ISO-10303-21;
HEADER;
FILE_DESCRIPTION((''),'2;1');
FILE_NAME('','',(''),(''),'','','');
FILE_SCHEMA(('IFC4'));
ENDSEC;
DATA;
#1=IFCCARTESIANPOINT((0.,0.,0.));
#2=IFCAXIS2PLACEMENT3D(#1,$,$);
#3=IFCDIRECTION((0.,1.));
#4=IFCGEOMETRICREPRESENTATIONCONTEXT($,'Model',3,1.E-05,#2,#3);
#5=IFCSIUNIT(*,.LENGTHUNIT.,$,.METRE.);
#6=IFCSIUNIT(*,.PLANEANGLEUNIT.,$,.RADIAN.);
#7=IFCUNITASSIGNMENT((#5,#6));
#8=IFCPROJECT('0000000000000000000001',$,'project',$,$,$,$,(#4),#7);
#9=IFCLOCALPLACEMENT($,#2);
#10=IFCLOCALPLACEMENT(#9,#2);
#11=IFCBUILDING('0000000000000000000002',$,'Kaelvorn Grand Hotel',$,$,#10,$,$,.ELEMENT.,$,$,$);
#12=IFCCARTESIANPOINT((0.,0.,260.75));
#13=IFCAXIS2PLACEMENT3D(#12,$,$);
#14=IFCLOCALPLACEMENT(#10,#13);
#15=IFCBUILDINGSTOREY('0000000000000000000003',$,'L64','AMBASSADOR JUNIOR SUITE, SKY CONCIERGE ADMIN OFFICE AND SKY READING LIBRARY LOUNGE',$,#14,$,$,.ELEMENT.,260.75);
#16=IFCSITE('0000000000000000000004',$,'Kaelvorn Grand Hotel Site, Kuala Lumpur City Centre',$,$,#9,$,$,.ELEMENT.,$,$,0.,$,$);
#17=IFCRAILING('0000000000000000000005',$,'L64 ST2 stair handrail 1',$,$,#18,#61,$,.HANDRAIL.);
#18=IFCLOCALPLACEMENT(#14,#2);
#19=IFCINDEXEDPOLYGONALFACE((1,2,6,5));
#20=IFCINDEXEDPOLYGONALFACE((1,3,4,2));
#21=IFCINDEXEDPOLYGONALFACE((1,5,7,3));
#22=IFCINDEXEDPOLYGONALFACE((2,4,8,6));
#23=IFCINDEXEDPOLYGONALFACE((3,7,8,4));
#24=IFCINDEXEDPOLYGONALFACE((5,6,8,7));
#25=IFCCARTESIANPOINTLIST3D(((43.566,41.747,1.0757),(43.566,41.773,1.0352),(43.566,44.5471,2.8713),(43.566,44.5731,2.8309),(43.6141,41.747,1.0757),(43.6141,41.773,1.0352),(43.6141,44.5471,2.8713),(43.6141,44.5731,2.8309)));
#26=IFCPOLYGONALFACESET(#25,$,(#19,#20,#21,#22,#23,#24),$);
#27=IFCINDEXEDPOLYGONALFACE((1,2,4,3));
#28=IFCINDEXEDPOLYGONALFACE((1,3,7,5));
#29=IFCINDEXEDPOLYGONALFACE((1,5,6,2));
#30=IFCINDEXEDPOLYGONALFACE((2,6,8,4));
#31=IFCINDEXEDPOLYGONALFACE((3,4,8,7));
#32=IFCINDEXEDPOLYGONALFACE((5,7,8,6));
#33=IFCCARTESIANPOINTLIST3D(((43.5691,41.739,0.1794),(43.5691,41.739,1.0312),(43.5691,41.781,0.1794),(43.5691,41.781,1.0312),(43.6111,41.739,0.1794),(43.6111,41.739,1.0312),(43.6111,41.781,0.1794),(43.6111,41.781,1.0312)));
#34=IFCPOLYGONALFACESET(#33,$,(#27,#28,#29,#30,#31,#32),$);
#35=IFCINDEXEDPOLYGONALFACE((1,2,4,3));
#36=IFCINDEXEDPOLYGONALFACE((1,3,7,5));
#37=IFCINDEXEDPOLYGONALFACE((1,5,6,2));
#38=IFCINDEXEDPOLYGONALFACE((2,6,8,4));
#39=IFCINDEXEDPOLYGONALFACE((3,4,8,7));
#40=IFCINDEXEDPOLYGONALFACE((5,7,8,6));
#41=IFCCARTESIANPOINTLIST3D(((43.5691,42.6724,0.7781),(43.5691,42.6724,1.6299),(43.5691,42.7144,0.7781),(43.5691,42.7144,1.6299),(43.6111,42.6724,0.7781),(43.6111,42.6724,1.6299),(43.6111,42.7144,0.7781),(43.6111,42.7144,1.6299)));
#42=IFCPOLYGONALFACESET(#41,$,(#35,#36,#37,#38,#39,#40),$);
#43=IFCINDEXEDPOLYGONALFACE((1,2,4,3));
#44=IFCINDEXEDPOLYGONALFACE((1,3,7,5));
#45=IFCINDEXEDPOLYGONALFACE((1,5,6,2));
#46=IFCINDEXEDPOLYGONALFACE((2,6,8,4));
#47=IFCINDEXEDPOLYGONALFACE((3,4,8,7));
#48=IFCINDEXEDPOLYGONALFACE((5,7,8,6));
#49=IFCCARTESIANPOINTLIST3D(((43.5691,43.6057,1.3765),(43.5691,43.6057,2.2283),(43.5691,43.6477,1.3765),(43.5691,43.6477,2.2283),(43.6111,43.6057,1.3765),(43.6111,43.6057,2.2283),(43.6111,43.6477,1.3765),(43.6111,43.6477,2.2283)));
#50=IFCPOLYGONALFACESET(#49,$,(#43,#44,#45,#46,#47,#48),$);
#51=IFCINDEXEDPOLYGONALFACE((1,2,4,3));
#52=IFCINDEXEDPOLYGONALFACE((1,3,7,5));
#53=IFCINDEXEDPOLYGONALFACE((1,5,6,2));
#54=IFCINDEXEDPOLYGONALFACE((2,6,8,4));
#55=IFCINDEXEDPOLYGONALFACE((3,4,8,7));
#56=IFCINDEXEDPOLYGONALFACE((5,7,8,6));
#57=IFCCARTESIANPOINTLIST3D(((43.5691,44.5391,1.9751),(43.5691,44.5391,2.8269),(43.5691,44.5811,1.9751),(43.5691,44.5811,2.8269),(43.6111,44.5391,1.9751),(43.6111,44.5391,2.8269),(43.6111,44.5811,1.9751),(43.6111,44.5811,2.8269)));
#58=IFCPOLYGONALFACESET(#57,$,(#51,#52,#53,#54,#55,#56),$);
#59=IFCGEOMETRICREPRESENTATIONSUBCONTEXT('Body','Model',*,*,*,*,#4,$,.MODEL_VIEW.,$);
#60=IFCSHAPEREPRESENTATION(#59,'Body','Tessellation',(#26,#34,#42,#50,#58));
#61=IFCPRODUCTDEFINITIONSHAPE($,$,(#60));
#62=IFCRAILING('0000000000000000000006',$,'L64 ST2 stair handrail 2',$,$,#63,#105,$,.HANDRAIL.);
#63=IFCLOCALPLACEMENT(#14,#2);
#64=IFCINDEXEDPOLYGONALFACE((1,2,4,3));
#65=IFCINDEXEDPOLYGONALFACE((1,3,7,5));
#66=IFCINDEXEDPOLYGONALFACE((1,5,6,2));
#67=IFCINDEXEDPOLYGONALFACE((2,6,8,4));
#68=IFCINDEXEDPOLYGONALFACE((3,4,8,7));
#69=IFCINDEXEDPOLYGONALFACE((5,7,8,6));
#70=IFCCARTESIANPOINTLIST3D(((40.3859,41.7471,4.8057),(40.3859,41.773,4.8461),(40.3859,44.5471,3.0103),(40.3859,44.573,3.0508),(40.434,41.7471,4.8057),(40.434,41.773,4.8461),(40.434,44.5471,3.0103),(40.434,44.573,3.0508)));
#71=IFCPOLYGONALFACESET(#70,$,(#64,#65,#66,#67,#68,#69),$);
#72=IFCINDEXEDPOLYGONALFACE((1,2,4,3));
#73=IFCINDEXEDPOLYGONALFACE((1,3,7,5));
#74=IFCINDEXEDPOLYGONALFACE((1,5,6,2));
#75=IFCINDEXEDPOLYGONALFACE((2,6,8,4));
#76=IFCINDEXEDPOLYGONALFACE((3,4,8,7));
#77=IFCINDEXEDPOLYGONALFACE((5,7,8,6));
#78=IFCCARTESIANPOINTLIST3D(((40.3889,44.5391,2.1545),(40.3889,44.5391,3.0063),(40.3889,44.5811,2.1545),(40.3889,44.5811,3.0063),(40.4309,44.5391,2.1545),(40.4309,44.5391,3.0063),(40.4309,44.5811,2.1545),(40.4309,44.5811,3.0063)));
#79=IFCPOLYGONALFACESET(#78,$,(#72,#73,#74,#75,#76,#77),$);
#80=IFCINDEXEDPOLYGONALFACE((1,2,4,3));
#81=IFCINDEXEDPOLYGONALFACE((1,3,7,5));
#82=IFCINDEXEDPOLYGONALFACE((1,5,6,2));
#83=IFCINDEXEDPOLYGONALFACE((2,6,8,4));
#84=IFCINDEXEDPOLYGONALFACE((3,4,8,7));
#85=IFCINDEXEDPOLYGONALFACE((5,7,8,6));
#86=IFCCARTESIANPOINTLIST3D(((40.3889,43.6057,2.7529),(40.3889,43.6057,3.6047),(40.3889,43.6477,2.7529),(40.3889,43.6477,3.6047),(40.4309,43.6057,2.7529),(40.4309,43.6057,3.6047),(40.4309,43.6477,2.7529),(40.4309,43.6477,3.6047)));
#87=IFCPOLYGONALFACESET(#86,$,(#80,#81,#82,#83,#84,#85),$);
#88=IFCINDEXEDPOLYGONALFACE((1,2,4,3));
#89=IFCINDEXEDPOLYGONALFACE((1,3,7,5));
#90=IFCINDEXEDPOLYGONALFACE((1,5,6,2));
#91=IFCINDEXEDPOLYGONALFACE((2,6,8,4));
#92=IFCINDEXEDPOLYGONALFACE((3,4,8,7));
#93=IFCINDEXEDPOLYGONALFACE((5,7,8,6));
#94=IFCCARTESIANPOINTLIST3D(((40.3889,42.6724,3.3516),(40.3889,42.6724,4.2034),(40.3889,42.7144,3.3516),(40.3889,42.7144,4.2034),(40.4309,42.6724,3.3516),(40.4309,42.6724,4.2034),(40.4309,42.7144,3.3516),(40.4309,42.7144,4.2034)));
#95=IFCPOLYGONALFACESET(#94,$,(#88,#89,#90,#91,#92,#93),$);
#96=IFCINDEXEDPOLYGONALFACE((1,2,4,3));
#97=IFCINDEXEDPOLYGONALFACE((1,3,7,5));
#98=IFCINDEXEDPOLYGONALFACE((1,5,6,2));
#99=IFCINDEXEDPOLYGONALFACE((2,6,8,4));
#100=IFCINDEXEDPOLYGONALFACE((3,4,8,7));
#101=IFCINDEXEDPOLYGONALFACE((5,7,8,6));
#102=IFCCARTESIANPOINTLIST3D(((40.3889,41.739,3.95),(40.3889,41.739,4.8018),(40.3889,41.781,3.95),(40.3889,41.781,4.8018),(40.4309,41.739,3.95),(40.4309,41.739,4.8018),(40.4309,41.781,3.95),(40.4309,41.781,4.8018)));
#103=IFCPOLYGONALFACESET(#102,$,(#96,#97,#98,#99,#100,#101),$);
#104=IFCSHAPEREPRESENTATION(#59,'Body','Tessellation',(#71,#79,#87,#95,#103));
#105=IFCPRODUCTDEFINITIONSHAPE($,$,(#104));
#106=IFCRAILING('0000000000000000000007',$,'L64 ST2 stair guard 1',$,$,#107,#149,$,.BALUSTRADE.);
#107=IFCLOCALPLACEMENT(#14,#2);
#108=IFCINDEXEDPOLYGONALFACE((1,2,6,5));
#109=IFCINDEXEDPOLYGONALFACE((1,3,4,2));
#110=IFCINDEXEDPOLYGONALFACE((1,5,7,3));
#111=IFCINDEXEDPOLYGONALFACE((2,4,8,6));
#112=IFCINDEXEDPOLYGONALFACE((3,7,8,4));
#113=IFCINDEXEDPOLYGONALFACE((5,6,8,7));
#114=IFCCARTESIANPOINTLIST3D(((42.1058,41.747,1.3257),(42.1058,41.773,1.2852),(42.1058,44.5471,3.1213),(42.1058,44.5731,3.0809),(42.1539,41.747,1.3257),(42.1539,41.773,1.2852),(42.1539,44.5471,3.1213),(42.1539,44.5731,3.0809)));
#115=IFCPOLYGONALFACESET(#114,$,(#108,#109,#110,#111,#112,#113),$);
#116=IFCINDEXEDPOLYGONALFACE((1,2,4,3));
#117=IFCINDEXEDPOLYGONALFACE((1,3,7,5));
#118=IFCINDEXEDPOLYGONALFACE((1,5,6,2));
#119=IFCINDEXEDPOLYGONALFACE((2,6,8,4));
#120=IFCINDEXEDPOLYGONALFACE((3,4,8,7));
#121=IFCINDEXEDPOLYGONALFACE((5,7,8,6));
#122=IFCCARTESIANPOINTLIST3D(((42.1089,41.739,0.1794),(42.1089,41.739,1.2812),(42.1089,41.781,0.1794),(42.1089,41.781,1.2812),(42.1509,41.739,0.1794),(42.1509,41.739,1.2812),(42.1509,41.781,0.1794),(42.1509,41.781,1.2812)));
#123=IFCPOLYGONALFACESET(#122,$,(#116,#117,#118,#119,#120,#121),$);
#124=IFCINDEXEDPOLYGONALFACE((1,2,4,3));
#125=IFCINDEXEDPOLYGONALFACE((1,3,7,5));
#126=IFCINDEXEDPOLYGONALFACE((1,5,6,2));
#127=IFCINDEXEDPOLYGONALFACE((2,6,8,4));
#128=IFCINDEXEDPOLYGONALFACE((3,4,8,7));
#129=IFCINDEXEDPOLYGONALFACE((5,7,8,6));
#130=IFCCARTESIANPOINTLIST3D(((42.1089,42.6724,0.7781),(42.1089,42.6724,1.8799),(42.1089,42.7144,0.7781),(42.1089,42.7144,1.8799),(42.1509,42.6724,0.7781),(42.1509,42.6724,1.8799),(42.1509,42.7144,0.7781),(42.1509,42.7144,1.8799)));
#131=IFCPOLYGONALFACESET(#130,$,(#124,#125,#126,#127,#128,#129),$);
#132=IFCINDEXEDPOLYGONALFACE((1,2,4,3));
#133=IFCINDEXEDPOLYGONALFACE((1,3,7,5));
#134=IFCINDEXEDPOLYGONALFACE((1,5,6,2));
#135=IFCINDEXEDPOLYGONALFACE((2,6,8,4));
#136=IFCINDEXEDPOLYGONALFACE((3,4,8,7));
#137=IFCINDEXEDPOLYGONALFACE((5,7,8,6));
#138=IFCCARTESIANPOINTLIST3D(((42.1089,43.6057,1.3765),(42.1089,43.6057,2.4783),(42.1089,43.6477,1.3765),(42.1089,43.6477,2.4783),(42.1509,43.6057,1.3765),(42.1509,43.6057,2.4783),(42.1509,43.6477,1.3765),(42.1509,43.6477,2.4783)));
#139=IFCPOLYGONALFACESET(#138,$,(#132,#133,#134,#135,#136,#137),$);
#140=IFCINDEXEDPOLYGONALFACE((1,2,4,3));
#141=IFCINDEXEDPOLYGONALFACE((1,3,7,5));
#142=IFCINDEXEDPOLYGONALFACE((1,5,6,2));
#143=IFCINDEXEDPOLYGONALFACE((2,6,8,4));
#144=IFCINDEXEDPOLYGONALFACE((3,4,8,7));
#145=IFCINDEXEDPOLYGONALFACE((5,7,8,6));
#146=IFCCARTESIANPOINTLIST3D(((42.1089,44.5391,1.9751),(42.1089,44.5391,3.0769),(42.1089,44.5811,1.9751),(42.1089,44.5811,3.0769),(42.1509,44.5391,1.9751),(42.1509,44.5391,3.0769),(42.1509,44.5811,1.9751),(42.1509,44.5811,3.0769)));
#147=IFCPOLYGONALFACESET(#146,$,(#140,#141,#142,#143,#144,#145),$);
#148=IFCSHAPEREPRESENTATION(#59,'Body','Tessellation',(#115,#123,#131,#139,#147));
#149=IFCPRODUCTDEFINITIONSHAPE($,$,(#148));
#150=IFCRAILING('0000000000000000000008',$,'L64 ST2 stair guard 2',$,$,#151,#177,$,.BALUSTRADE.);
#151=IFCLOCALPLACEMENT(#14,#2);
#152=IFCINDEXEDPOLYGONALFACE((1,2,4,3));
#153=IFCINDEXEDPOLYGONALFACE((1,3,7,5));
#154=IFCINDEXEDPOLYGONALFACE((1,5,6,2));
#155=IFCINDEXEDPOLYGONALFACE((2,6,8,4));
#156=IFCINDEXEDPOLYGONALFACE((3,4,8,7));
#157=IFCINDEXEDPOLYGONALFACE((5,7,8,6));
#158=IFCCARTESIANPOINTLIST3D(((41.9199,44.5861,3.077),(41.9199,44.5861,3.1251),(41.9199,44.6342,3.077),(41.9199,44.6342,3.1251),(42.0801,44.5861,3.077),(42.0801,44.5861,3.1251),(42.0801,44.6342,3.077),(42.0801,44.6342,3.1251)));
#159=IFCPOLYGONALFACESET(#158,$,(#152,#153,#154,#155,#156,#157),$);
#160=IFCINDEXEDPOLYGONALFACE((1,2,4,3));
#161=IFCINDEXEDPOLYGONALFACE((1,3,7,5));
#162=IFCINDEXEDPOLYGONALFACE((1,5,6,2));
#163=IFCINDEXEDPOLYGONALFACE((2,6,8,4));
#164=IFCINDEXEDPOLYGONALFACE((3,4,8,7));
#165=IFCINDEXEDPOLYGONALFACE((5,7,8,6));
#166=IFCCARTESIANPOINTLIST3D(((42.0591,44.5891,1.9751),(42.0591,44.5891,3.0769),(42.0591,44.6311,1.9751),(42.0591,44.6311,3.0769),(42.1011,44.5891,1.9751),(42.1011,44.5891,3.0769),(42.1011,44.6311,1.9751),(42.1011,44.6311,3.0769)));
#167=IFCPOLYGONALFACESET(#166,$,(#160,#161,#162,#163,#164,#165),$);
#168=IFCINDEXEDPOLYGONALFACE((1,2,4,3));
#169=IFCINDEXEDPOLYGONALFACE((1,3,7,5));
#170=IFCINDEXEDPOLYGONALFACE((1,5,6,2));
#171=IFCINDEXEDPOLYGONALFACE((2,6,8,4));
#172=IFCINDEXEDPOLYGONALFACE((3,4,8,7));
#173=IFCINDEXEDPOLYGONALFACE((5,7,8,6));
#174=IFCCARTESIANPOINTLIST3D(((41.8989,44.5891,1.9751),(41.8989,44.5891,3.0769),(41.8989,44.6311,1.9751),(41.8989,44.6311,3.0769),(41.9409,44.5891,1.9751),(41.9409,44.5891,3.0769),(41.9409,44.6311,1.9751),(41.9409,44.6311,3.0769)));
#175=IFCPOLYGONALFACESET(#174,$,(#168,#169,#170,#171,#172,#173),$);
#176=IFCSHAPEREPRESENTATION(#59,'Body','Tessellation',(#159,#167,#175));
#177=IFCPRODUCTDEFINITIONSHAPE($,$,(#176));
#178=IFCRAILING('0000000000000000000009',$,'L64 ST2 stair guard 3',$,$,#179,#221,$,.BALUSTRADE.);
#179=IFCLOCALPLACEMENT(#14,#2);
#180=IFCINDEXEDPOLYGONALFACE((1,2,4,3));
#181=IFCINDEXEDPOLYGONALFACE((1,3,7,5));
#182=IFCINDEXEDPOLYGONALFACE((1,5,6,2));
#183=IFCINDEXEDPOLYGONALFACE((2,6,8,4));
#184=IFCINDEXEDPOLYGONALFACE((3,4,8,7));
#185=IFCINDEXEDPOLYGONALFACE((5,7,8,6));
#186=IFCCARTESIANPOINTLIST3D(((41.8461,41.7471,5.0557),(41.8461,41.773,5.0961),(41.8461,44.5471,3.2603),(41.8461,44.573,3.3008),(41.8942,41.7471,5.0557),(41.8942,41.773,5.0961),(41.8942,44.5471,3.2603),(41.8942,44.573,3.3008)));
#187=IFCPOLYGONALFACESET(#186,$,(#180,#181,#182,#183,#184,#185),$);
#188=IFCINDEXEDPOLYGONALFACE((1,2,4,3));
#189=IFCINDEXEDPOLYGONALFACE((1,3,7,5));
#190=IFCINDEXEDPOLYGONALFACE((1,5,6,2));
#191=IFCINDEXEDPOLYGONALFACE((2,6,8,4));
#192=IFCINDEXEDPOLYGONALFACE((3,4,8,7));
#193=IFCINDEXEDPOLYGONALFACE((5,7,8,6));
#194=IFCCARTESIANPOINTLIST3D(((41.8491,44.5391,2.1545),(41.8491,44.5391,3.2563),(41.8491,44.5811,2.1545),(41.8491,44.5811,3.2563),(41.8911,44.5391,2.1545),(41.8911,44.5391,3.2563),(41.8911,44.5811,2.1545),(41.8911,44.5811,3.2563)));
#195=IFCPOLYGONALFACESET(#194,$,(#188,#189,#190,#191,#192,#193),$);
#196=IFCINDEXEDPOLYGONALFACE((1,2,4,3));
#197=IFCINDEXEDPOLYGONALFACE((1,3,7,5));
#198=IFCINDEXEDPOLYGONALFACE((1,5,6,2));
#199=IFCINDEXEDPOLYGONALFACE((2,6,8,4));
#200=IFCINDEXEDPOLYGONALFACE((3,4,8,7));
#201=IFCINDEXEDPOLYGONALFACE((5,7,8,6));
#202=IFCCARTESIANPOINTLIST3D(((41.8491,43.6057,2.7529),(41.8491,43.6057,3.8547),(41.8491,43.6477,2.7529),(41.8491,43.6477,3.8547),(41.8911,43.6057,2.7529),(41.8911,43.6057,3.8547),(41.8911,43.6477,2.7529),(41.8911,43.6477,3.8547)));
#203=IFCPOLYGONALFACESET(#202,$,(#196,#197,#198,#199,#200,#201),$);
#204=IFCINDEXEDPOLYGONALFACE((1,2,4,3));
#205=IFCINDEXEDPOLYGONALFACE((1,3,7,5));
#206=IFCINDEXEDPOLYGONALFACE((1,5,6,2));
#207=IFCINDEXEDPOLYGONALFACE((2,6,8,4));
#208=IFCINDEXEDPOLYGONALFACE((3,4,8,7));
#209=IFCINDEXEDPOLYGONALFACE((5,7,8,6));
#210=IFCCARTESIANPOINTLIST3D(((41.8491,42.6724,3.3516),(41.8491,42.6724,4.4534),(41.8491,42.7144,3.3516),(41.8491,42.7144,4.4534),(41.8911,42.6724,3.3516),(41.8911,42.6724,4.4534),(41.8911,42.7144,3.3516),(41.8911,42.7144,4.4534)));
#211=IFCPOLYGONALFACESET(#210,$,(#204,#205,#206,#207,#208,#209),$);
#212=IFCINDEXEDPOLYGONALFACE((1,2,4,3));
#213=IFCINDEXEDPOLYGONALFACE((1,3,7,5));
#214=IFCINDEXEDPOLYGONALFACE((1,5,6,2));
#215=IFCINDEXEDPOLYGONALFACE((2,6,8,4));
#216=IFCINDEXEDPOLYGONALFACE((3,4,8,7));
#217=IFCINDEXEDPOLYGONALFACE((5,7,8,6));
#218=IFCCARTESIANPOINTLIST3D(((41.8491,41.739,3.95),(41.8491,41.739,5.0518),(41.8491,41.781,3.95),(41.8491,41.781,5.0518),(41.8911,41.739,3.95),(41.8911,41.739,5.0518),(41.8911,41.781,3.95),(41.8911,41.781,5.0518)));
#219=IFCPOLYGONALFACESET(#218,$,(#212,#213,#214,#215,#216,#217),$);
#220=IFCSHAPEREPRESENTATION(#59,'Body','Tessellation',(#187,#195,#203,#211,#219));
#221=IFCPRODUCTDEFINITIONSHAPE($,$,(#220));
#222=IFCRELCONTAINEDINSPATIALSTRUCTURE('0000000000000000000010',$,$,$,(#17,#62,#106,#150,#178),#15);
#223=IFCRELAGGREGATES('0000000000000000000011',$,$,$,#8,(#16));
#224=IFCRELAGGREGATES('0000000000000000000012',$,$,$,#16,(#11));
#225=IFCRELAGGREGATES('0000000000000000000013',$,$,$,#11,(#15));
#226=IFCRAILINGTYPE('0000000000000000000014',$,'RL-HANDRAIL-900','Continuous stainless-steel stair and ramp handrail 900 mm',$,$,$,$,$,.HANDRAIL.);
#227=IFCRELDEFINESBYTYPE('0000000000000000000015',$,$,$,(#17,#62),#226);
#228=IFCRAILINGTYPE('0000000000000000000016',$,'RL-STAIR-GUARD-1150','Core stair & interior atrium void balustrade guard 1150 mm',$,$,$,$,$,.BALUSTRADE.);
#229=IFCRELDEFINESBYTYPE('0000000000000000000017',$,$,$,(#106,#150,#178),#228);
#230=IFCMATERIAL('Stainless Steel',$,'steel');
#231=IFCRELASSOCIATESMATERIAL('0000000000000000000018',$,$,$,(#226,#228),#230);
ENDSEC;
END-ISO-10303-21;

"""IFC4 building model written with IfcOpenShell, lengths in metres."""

from ifc_helpers import new_model, si_unit, direction, frame, origin, origin_2d, place, context, subcontext, project, spatial, rectangle, extrude, material, type_object, element, save


model = new_model("IFC4")

# Units and contexts
model_context = context("Model", 3, precision=1e-05, world=origin(), true_north=direction((0.0, 1.0)))
body_context = subcontext(model_context, "Body", "Model", "MODEL_VIEW")
ifc_project = project(units=[si_unit("LENGTHUNIT", "METRE"), si_unit("PLANEANGLEUNIT", "RADIAN")], contexts=[model_context])

# Site, building, storey
site_placement = place(None, origin())
site = spatial("IfcSite", under=ifc_project, at=site_placement, Name="Kaelvorn Grand Hotel Site, Kuala Lumpur City Centre", CompositionType="ELEMENT", RefElevation=0.0)
building_placement = place(site_placement, origin())
building = spatial("IfcBuilding", under=site, at=building_placement, Name="Kaelvorn Grand Hotel", CompositionType="ELEMENT")
storey_placement = place(building_placement, frame((0.0, 0.0, 260.75)))
storey = spatial("IfcBuildingStorey", under=building, at=storey_placement, Name="L64", Description="AMBASSADOR JUNIOR SUITE, SKY CONCIERGE ADMIN OFFICE AND SKY READING LIBRARY LOUNGE", CompositionType="ELEMENT", Elevation=260.75)

# Railings
ifc_material_1 = material(Name="Stainless Steel", Category="steel")
railing_type_1 = type_object("IfcRailingType", Name="RL-HANDRAIL-900", Description="Continuous stainless-steel stair and ramp handrail 900 mm", PredefinedType="HANDRAIL", material=ifc_material_1)
railing_1_placement = place(storey_placement, frame((43.5901, 41.76, 0.1794)))
element("IfcRailing", 1, at=railing_1_placement, inside=storey, type_object=railing_type_1, Name="L64 ST2 stair handrail 1", PredefinedType="HANDRAIL", context=body_context, shape_type="SweptSolid", body=[
    extrude(rectangle(XDim=0.0481, YDim=0.0481, at=origin_2d()), frame((0.0, 0.0, 0.876), z_axis=(0.0, 0.841777, 0.539826), x_axis=(-1.0, 0.0, 0.0)), (0.0, 0.0, 1.0), 3.3264),
    extrude(rectangle(XDim=0.042, YDim=0.042, at=origin_2d()), origin(), (0.0, 0.0, 1.0), 0.8518),
    extrude(rectangle(XDim=0.042, YDim=0.042, at=origin_2d()), frame((0.0, 0.9333, 0.5986)), (0.0, 0.0, 1.0), 0.8518),
    extrude(rectangle(XDim=0.042, YDim=0.042, at=origin_2d()), frame((0.0, 1.8667, 1.197)), (0.0, 0.0, 1.0), 0.8518),
    extrude(rectangle(XDim=0.042, YDim=0.042, at=origin_2d()), frame((0.0, 2.8, 1.7957)), (0.0, 0.0, 1.0), 0.8518),
])
railing_2_placement = place(storey_placement, frame((40.4099, 44.5601, 2.1545)))
element("IfcRailing", 2, at=railing_2_placement, inside=storey, type_object=railing_type_1, Name="L64 ST2 stair handrail 2", PredefinedType="HANDRAIL", context=body_context, shape_type="SweptSolid", body=[
    extrude(rectangle(XDim=0.0481, YDim=0.0481, at=origin_2d()), frame((0.0, 0.0, 0.876), z_axis=(0.0, -0.84181, 0.539774), x_axis=(1.0, 0.0, 0.0)), (0.0, 0.0, 1.0), 3.3262),
    extrude(rectangle(XDim=0.042, YDim=0.042, at=origin_2d()), origin(), (0.0, 0.0, 1.0), 0.8518),
    extrude(rectangle(XDim=0.042, YDim=0.042, at=origin_2d()), frame((0.0, -0.9333, 0.5984)), (0.0, 0.0, 1.0), 0.8518),
    extrude(rectangle(XDim=0.042, YDim=0.042, at=origin_2d()), frame((0.0, -1.8667, 1.197)), (0.0, 0.0, 1.0), 0.8518),
    extrude(rectangle(XDim=0.042, YDim=0.042, at=origin_2d()), frame((0.0, -2.8, 1.7954)), (0.0, 0.0, 1.0), 0.8518),
])
railing_type_2 = type_object("IfcRailingType", Name="RL-STAIR-GUARD-1150", Description="Core stair & interior atrium void balustrade guard 1150 mm", PredefinedType="BALUSTRADE", material=ifc_material_1)
railing_3_placement = place(storey_placement, frame((42.1299, 41.76, 0.1794)))
element("IfcRailing", 3, at=railing_3_placement, inside=storey, type_object=railing_type_2, Name="L64 ST2 stair guard 1", PredefinedType="BALUSTRADE", context=body_context, shape_type="SweptSolid", body=[
    extrude(rectangle(XDim=0.0481, YDim=0.0481, at=origin_2d()), frame((0.0, 0.0, 1.126), z_axis=(0.0, 0.841777, 0.539826), x_axis=(-1.0, 0.0, 0.0)), (0.0, 0.0, 1.0), 3.3264),
    extrude(rectangle(XDim=0.042, YDim=0.042, at=origin_2d()), origin(), (0.0, 0.0, 1.0), 1.1018),
    extrude(rectangle(XDim=0.042, YDim=0.042, at=origin_2d()), frame((0.0, 0.9333, 0.5986)), (0.0, 0.0, 1.0), 1.1018),
    extrude(rectangle(XDim=0.042, YDim=0.042, at=origin_2d()), frame((0.0, 1.8667, 1.197)), (0.0, 0.0, 1.0), 1.1018),
    extrude(rectangle(XDim=0.042, YDim=0.042, at=origin_2d()), frame((0.0, 2.8, 1.7957)), (0.0, 0.0, 1.0), 1.1018),
])
railing_4_placement = place(storey_placement, frame((42.0801, 44.6101, 1.9751)))
element("IfcRailing", 4, at=railing_4_placement, inside=storey, type_object=railing_type_2, Name="L64 ST2 stair guard 2", PredefinedType="BALUSTRADE", context=body_context, shape_type="SweptSolid", body=[
    extrude(rectangle(XDim=0.0481, YDim=0.0481, at=origin_2d()), frame((0.0, 0.0, 1.126), z_axis=(-1.0, 0.0, 0.0), x_axis=(0.0, -1.0, 0.0)), (0.0, 0.0, 1.0), 0.1602),
    extrude(rectangle(XDim=0.042, YDim=0.042, at=origin_2d()), origin(), (0.0, 0.0, 1.0), 1.1018),
    extrude(rectangle(XDim=0.042, YDim=0.042, at=origin_2d()), frame((-0.1602, 0.0, 0.0)), (0.0, 0.0, 1.0), 1.1018),
])
railing_5_placement = place(storey_placement, frame((41.8701, 44.5601, 2.1545)))
element("IfcRailing", 5, at=railing_5_placement, inside=storey, type_object=railing_type_2, Name="L64 ST2 stair guard 3", PredefinedType="BALUSTRADE", context=body_context, shape_type="SweptSolid", body=[
    extrude(rectangle(XDim=0.0481, YDim=0.0481, at=origin_2d()), frame((0.0, 0.0, 1.126), z_axis=(0.0, -0.84181, 0.539774), x_axis=(1.0, 0.0, 0.0)), (0.0, 0.0, 1.0), 3.3262),
    extrude(rectangle(XDim=0.042, YDim=0.042, at=origin_2d()), origin(), (0.0, 0.0, 1.0), 1.1018),
    extrude(rectangle(XDim=0.042, YDim=0.042, at=origin_2d()), frame((0.0, -0.9333, 0.5984)), (0.0, 0.0, 1.0), 1.1018),
    extrude(rectangle(XDim=0.042, YDim=0.042, at=origin_2d()), frame((0.0, -1.8667, 1.197)), (0.0, 0.0, 1.0), 1.1018),
    extrude(rectangle(XDim=0.042, YDim=0.042, at=origin_2d()), frame((0.0, -2.8, 1.7954)), (0.0, 0.0, 1.0), 1.1018),
])

save(model, "model.ifc")
